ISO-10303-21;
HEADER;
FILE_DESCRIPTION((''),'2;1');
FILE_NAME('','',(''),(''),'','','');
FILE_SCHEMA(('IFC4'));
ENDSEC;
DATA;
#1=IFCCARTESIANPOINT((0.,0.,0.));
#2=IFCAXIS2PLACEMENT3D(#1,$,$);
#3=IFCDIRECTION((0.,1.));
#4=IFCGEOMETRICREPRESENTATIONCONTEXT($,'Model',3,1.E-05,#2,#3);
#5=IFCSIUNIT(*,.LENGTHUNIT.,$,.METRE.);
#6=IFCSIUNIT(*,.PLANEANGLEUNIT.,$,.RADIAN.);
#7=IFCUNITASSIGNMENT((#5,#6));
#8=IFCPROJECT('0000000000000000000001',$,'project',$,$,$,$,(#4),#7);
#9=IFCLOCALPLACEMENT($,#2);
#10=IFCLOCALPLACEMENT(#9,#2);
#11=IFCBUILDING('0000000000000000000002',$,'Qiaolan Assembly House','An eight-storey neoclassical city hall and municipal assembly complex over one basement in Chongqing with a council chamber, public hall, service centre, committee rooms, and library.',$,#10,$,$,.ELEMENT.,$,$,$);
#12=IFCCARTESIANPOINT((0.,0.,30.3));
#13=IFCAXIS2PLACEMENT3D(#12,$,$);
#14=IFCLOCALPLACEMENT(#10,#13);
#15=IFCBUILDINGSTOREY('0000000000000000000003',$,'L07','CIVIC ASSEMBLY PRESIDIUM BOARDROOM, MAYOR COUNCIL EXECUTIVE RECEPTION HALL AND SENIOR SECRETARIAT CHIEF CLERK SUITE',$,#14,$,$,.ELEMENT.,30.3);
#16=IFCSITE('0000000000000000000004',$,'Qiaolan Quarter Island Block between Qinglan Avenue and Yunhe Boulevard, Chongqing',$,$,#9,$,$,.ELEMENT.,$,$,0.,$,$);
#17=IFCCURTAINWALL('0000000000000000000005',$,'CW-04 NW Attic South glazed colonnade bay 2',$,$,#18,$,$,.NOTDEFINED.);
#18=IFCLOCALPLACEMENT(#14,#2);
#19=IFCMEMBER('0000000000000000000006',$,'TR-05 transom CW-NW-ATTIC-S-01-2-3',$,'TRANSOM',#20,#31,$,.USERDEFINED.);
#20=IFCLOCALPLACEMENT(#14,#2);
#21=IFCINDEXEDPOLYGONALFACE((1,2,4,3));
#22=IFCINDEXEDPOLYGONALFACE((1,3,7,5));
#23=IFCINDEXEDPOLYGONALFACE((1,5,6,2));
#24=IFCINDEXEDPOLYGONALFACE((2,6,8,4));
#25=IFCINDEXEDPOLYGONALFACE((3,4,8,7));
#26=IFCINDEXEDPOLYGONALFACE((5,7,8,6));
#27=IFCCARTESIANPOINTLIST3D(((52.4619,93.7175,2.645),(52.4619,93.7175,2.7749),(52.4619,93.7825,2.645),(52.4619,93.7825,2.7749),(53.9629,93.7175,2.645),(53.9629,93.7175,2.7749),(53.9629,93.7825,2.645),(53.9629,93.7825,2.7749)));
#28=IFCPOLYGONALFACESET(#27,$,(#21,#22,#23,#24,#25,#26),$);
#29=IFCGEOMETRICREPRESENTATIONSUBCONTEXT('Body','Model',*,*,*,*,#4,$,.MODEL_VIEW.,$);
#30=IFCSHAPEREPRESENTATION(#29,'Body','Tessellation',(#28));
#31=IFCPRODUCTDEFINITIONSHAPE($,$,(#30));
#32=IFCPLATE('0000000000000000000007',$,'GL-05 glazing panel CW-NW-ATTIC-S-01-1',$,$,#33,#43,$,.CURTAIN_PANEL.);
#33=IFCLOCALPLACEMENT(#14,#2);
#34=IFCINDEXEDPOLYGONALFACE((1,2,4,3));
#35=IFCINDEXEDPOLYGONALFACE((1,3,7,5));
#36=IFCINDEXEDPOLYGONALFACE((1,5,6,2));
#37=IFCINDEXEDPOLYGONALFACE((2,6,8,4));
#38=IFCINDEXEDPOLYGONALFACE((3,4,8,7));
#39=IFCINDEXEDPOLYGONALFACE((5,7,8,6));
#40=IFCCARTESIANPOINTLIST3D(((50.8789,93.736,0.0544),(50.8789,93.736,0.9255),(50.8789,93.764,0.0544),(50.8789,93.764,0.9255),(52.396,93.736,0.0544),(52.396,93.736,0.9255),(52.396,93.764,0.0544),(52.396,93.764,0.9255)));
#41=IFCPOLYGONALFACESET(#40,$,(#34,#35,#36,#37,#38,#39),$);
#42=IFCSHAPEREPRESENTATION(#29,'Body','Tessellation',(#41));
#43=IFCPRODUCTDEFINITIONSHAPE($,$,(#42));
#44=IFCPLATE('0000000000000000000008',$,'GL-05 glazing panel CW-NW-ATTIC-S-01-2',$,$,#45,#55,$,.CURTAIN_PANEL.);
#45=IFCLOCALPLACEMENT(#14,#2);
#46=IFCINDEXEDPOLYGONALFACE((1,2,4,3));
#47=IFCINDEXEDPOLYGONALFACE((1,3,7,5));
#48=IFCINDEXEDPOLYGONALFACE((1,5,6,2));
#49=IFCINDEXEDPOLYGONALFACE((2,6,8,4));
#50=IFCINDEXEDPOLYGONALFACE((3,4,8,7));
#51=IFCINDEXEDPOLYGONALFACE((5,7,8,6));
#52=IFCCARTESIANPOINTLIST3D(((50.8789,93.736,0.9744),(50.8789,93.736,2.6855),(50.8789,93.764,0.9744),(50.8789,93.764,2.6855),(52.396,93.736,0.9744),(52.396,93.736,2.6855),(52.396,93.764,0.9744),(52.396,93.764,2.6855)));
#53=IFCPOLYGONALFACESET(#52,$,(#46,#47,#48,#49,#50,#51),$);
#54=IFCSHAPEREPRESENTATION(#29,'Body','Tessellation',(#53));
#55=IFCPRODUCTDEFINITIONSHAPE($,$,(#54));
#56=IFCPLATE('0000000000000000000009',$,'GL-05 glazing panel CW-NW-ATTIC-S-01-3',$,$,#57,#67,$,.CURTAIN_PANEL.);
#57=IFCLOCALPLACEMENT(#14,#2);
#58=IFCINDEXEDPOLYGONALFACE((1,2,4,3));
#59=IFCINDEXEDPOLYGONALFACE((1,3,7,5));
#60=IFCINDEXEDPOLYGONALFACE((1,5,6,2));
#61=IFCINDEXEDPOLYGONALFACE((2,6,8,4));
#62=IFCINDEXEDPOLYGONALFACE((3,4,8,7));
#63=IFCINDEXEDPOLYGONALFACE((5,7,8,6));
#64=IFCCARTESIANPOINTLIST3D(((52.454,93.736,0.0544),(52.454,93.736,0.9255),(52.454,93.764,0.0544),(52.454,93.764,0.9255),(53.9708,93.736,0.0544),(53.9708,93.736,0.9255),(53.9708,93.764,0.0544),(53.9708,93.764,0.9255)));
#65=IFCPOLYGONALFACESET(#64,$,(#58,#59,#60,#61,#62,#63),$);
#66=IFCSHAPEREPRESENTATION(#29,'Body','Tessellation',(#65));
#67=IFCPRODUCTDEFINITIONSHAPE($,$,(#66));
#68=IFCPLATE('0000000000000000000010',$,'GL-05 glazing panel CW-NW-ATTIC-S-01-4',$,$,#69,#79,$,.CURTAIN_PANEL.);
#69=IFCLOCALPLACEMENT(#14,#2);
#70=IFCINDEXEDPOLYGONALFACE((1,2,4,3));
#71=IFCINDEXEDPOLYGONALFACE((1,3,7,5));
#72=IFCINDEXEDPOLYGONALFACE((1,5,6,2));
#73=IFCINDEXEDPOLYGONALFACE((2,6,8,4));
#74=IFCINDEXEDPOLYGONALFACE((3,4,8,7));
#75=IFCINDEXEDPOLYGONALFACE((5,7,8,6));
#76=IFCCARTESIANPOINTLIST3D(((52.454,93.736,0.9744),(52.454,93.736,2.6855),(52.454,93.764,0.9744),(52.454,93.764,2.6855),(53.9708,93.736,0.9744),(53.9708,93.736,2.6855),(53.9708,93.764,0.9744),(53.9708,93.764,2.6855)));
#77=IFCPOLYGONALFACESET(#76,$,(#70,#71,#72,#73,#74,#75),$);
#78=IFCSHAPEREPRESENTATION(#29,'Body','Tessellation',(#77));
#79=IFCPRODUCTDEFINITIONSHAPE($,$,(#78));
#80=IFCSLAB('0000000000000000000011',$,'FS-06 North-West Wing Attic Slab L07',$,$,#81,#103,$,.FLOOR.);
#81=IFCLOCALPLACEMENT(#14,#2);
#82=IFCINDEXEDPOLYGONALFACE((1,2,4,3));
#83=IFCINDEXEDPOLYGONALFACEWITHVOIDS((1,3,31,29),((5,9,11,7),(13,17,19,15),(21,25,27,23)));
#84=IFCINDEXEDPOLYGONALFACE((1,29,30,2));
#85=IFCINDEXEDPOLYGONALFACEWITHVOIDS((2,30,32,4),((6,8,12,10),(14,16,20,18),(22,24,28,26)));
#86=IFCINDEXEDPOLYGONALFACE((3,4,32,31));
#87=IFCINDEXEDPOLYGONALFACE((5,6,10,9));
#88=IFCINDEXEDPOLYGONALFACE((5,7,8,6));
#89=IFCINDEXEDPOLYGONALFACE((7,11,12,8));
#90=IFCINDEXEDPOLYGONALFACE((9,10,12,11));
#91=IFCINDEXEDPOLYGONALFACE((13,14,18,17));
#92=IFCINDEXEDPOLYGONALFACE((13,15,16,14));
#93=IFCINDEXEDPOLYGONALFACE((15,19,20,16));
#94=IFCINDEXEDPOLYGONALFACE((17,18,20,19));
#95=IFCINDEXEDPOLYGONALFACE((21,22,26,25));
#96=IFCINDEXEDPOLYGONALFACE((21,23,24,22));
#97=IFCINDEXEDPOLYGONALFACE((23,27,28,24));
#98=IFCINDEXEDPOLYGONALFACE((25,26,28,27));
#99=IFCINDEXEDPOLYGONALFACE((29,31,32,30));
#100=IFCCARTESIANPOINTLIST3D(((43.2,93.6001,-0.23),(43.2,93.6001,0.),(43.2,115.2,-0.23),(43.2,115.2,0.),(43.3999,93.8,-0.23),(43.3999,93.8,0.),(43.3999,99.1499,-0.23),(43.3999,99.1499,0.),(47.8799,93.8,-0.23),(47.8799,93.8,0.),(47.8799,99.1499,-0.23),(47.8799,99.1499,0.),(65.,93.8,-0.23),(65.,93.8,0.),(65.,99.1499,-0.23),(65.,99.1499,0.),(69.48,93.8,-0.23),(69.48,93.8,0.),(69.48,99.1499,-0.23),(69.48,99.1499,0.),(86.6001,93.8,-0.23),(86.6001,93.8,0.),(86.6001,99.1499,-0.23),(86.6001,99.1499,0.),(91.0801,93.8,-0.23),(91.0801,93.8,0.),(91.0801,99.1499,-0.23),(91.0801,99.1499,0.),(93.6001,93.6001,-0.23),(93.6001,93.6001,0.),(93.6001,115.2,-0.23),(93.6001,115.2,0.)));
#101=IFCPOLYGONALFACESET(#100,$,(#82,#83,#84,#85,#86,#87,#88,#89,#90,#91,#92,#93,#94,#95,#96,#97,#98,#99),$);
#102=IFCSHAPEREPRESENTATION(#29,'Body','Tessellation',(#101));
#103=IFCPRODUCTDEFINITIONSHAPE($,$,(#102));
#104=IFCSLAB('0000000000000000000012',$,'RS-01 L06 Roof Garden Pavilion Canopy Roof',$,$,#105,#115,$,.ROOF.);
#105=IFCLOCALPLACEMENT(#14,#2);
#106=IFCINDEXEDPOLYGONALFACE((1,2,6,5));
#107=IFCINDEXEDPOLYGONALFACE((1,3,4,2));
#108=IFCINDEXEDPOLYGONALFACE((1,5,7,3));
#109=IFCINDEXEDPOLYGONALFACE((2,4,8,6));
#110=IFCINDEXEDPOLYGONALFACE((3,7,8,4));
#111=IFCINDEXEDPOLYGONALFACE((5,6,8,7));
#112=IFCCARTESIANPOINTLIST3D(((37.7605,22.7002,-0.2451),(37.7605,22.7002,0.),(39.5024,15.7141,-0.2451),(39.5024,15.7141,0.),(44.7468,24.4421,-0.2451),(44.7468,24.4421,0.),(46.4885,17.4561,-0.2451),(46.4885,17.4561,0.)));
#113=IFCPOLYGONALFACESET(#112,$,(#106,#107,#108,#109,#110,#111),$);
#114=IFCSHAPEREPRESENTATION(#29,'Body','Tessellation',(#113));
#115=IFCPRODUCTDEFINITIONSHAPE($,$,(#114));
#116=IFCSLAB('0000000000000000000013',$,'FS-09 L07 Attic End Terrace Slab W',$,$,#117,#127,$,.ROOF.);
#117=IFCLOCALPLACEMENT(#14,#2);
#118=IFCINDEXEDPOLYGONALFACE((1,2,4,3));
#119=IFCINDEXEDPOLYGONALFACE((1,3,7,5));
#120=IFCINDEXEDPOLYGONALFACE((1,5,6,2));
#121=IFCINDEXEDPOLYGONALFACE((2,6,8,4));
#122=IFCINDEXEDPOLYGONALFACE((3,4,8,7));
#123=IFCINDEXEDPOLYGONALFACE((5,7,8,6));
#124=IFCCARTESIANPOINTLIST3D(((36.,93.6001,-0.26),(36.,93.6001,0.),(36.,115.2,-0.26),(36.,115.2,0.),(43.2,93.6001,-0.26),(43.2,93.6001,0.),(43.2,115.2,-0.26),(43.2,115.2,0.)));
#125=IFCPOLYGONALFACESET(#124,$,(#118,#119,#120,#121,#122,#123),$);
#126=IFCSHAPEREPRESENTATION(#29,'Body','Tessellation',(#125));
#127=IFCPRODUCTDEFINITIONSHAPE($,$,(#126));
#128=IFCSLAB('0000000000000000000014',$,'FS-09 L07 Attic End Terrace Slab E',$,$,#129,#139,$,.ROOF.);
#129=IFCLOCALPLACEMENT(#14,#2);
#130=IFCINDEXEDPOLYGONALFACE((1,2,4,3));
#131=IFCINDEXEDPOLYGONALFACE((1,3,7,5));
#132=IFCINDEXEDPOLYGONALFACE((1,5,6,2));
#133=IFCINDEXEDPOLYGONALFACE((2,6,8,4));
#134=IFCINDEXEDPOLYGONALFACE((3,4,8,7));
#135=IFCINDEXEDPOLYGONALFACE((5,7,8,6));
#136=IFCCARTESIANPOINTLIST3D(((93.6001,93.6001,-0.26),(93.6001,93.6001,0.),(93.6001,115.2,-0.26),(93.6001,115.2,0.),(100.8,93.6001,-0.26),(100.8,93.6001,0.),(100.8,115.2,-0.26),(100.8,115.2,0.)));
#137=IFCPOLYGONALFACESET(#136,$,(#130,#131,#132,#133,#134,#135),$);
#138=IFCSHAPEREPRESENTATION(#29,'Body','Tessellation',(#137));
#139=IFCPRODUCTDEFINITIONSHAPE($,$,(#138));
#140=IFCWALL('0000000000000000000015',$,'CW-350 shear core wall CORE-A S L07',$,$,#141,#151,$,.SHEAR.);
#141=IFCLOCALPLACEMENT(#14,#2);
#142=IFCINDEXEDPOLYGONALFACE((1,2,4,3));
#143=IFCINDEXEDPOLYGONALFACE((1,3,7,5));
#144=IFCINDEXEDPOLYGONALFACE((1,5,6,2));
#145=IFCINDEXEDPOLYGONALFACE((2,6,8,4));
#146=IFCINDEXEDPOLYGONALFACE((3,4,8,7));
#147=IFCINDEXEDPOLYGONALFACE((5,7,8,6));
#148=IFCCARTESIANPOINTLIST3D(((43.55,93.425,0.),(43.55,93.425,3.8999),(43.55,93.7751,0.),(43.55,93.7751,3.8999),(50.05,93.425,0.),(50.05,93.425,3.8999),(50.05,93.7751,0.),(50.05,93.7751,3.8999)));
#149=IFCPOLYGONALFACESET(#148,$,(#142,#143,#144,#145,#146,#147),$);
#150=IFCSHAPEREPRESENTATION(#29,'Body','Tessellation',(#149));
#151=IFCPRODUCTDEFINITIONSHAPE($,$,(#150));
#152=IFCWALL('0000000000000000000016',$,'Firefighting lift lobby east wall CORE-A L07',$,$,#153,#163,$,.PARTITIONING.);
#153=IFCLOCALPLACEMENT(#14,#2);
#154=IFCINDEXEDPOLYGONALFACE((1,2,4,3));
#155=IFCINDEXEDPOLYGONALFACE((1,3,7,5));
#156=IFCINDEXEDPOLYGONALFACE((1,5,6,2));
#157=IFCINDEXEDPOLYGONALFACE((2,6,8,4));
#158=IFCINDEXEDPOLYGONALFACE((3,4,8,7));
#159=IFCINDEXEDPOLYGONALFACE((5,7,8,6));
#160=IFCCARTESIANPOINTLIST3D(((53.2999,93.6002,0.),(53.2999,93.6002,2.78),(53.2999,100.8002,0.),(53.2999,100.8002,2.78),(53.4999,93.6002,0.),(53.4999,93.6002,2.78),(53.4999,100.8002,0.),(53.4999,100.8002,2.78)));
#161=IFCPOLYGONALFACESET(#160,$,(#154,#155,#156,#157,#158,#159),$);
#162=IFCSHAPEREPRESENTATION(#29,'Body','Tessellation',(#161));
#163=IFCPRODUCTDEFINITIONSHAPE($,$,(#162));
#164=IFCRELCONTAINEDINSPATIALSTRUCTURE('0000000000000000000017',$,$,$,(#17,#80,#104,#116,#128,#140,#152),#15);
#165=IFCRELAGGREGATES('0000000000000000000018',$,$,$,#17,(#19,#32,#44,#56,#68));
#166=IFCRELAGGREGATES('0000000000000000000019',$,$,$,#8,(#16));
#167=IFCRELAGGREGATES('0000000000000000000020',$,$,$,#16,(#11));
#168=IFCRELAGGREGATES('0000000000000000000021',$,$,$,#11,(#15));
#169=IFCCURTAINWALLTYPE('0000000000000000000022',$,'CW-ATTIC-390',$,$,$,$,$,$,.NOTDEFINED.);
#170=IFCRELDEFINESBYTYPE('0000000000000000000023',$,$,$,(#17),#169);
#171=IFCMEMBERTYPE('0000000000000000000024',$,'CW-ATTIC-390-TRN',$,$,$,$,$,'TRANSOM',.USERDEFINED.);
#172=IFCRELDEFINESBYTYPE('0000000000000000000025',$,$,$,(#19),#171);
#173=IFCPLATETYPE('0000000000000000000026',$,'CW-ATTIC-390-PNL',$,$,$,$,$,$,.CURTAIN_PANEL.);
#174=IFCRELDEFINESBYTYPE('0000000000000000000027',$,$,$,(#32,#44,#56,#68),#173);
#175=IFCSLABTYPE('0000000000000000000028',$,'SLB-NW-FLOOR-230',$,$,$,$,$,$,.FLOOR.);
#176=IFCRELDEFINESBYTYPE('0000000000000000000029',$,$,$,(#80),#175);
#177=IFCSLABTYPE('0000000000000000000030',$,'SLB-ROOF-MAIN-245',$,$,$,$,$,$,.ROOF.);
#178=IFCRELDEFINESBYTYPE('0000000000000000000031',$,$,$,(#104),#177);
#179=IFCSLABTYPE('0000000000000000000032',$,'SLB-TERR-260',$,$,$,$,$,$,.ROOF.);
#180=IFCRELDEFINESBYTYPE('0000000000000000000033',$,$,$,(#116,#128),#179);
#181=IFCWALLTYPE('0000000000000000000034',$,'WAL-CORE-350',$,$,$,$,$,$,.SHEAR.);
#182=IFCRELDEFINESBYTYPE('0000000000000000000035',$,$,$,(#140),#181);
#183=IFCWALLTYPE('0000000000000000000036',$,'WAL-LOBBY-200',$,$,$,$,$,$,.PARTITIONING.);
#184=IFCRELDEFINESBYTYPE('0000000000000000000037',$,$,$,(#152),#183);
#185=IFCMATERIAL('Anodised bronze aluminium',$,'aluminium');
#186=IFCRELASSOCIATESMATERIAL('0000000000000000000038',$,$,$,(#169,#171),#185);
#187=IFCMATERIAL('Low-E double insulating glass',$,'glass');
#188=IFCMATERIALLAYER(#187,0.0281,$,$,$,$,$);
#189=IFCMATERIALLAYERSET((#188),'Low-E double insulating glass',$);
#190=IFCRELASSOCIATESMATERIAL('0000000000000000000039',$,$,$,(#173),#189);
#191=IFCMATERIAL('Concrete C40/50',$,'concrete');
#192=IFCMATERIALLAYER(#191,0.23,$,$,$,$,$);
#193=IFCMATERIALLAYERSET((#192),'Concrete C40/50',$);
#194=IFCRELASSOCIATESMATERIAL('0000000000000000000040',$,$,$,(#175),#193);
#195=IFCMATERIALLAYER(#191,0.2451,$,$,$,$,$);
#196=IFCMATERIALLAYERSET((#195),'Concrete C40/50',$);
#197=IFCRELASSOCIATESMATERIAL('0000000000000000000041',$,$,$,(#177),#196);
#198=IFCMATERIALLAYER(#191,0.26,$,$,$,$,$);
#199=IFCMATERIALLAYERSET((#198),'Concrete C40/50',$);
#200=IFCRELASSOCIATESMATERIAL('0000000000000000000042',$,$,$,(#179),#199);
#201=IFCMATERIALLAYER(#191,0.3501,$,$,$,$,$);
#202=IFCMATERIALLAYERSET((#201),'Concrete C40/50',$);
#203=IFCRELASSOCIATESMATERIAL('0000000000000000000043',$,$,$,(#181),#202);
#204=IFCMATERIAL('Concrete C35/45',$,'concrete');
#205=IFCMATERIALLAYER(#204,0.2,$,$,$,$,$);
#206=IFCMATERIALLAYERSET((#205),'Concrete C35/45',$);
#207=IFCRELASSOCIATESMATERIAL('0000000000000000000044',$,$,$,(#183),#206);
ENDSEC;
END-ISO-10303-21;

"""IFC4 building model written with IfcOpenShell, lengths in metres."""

from ifc_helpers import new_model, si_unit, direction, frame, frame_2d, origin, origin_2d, place, context, subcontext, project, spatial, polyline, rectangle, outline, extrude, material, layer, layer_set, material_profile, profile_set, type_object, element, aggregate, save


model = new_model("IFC4")

# Units and contexts
model_context = context("Model", 3, precision=1e-05, world=origin(), true_north=direction((0.0, 1.0)))
body_context = subcontext(model_context, "Body", "Model", "MODEL_VIEW")
ifc_project = project(units=[si_unit("LENGTHUNIT", "METRE"), si_unit("PLANEANGLEUNIT", "RADIAN")], contexts=[model_context])

# Site, building, storey
site_placement = place(None, origin())
site = spatial("IfcSite", under=ifc_project, at=site_placement, Name="Qiaolan Quarter Island Block between Qinglan Avenue and Yunhe Boulevard, Chongqing", CompositionType="ELEMENT", RefElevation=0.0)
building_placement = place(site_placement, origin())
building = spatial("IfcBuilding", under=site, at=building_placement, Name="Qiaolan Assembly House", Description="An eight-storey neoclassical city hall and municipal assembly complex over one basement in Chongqing with a council chamber, public hall, service centre, committee rooms, and library.", CompositionType="ELEMENT")
storey_placement = place(building_placement, frame((0.0, 0.0, 30.3)))
storey = spatial("IfcBuildingStorey", under=building, at=storey_placement, Name="L07", Description="CIVIC ASSEMBLY PRESIDIUM BOARDROOM, MAYOR COUNCIL EXECUTIVE RECEPTION HALL AND SENIOR SECRETARIAT CHIEF CLERK SUITE", CompositionType="ELEMENT", Elevation=30.3)

# Shared definitions
ifc_material_1 = material(Name="Concrete C40/50", Category="concrete")

# Curtain wall, member, plates
ifc_material_2 = material(Name="Anodised bronze aluminium", Category="aluminium")
curtain_wall_type = type_object("IfcCurtainWallType", Name="CW-ATTIC-390", PredefinedType="NOTDEFINED", material=ifc_material_2)
curtain_wall_placement = place(storey_placement, origin())
curtain_wall = element("IfcCurtainWall", 1, at=curtain_wall_placement, inside=storey, type_object=curtain_wall_type, Name="CW-04 NW Attic South glazed colonnade bay 2", PredefinedType="NOTDEFINED")
ifc_material_profile_1 = material_profile(ifc_material_2, rectangle(XDim=0.0649, YDim=0.1299, at=origin_2d()), Name="TRN 65x130")
ifc_profile_set_1 = profile_set([ifc_material_profile_1], Name="Anodised bronze aluminium")
member_type_1 = type_object("IfcMemberType", Name="CW-ATTIC-390-TRN", ElementType="TRANSOM", PredefinedType="USERDEFINED", material=ifc_profile_set_1)
member_1_placement = place(storey_placement, frame((52.4619, 93.75, 2.71), z_axis=(1.0, 0.0, 0.0), x_axis=(0.0, 1.0, 0.0)))
member_1 = element("IfcMember", 2, at=member_1_placement, type_object=member_type_1, Name="TR-05 transom CW-NW-ATTIC-S-01-2-3", ObjectType="TRANSOM", PredefinedType="USERDEFINED", context=body_context, shape_type="SweptSolid", body=[
    extrude(rectangle(XDim=0.0649, YDim=0.1299, at=origin_2d()), origin(), (0.0, 0.0, 1.0), 1.501),
])
ifc_material_3 = material(Name="Low-E double insulating glass", Category="glass")
ifc_layer_1 = layer(ifc_material_3, 0.0281)
ifc_layer_set_1 = layer_set([ifc_layer_1], Name="Low-E double insulating glass")
plate_type = type_object("IfcPlateType", Name="CW-ATTIC-390-PNL", PredefinedType="CURTAIN_PANEL", material=ifc_layer_set_1)
plate_1_placement = place(storey_placement, frame((50.8789, 93.75, 0.0544), z_axis=(0.0, 0.0, 1.0), x_axis=(1.0, 0.0, 0.0)))
plate_1 = element("IfcPlate", 3, at=plate_1_placement, type_object=plate_type, Name="GL-05 glazing panel CW-NW-ATTIC-S-01-1", PredefinedType="CURTAIN_PANEL", context=body_context, shape_type="SweptSolid", body=[
    extrude(rectangle(XDim=1.5171, YDim=0.0281, at=frame_2d((0.7585, 0.0))), origin(), (0.0, 0.0, 1.0), 0.8711),
])
plate_2_placement = place(storey_placement, frame((50.8789, 93.75, 0.9744), z_axis=(0.0, 0.0, 1.0), x_axis=(1.0, 0.0, 0.0)))
plate_2 = element("IfcPlate", 4, at=plate_2_placement, type_object=plate_type, Name="GL-05 glazing panel CW-NW-ATTIC-S-01-2", PredefinedType="CURTAIN_PANEL", context=body_context, shape_type="SweptSolid", body=[
    extrude(rectangle(XDim=1.5171, YDim=0.0281, at=frame_2d((0.7585, 0.0))), origin(), (0.0, 0.0, 1.0), 1.7112),
])
plate_3_placement = place(storey_placement, frame((52.4541, 93.75, 0.0544), z_axis=(0.0, 0.0, 1.0), x_axis=(1.0, 0.0, 0.0)))
plate_3 = element("IfcPlate", 5, at=plate_3_placement, type_object=plate_type, Name="GL-05 glazing panel CW-NW-ATTIC-S-01-3", PredefinedType="CURTAIN_PANEL", context=body_context, shape_type="SweptSolid", body=[
    extrude(rectangle(XDim=1.5168, YDim=0.0281, at=frame_2d((0.7583, 0.0))), origin(), (0.0, 0.0, 1.0), 0.8711),
])
plate_4_placement = place(storey_placement, frame((52.4541, 93.75, 0.9744), z_axis=(0.0, 0.0, 1.0), x_axis=(1.0, 0.0, 0.0)))
plate_4 = element("IfcPlate", 6, at=plate_4_placement, type_object=plate_type, Name="GL-05 glazing panel CW-NW-ATTIC-S-01-4", PredefinedType="CURTAIN_PANEL", context=body_context, shape_type="SweptSolid", body=[
    extrude(rectangle(XDim=1.5168, YDim=0.0281, at=frame_2d((0.7583, 0.0))), origin(), (0.0, 0.0, 1.0), 1.7112),
])
aggregate(curtain_wall, [member_1, plate_1, plate_2, plate_3, plate_4])

# Slabs
ifc_layer_2 = layer(ifc_material_1, 0.23)
ifc_layer_set_2 = layer_set([ifc_layer_2], Name="Concrete C40/50")
slab_type_1 = type_object("IfcSlabType", Name="SLB-NW-FLOOR-230", PredefinedType="FLOOR", material=ifc_layer_set_2)
slab_1_placement = place(storey_placement, frame((0.0, 0.0, -0.23)))
element("IfcSlab", 7, at=slab_1_placement, inside=storey, type_object=slab_type_1, Name="FS-06 North-West Wing Attic Slab L07", PredefinedType="FLOOR", context=body_context, shape_type="SweptSolid", body=[
    extrude(outline(polyline([(43.2, 93.6001), (93.6001, 93.6001), (93.6001, 115.2), (43.2, 115.2), (43.2, 93.6001)]), holes=[polyline([(43.3999, 93.8), (43.3999, 99.1499), (47.8799, 99.1499), (47.8799, 93.8), (43.3999, 93.8)]), polyline([(65.0, 93.8), (65.0, 99.1499), (69.48, 99.1499), (69.48, 93.8), (65.0, 93.8)]), polyline([(86.6001, 93.8), (86.6001, 99.1499), (91.0801, 99.1499), (91.0801, 93.8), (86.6001, 93.8)])]), origin(), (0.0, 0.0, 1.0), 0.23),
])
ifc_layer_3 = layer(ifc_material_1, 0.2451)
ifc_layer_set_3 = layer_set([ifc_layer_3], Name="Concrete C40/50")
slab_type_2 = type_object("IfcSlabType", Name="SLB-ROOF-MAIN-245", PredefinedType="ROOF", material=ifc_layer_set_3)
slab_2_placement = place(storey_placement, frame((0.0, 0.0, -0.2451)))
element("IfcSlab", 8, at=slab_2_placement, inside=storey, type_object=slab_type_2, Name="RS-01 L06 Roof Garden Pavilion Canopy Roof", PredefinedType="ROOF", context=body_context, shape_type="SweptSolid", body=[
    extrude(outline(polyline([(39.5024, 15.7141), (46.4885, 17.4561), (44.7468, 24.4421), (37.7605, 22.7002), (39.5024, 15.7141)])), origin(), (0.0, 0.0, 1.0), 0.2451),
])
ifc_layer_4 = layer(ifc_material_1, 0.26)
ifc_layer_set_4 = layer_set([ifc_layer_4], Name="Concrete C40/50")
slab_type_3 = type_object("IfcSlabType", Name="SLB-TERR-260", PredefinedType="ROOF", material=ifc_layer_set_4)
slab_3_placement = place(storey_placement, frame((0.0, 0.0, -0.26)))
element("IfcSlab", 9, at=slab_3_placement, inside=storey, type_object=slab_type_3, Name="FS-09 L07 Attic End Terrace Slab W", PredefinedType="ROOF", context=body_context, shape_type="SweptSolid", body=[
    extrude(outline(polyline([(36.0, 93.6001), (43.2, 93.6001), (43.2, 115.2), (36.0, 115.2), (36.0, 93.6001)])), origin(), (0.0, 0.0, 1.0), 0.26),
])
slab_4_placement = place(storey_placement, frame((0.0, 0.0, -0.26)))
element("IfcSlab", 10, at=slab_4_placement, inside=storey, type_object=slab_type_3, Name="FS-09 L07 Attic End Terrace Slab E", PredefinedType="ROOF", context=body_context, shape_type="SweptSolid", body=[
    extrude(outline(polyline([(93.6001, 93.6001), (100.8, 93.6001), (100.8, 115.2), (93.6001, 115.2), (93.6001, 93.6001)])), origin(), (0.0, 0.0, 1.0), 0.26),
])

# Walls
ifc_layer_5 = layer(ifc_material_1, 0.3501)
ifc_layer_set_5 = layer_set([ifc_layer_5], Name="Concrete C40/50")
wall_type_1 = type_object("IfcWallType", Name="WAL-CORE-350", PredefinedType="SHEAR", material=ifc_layer_set_5)
wall_1_placement = place(storey_placement, frame((43.55, 93.6001, 0.0), z_axis=(0.0, 0.0, 1.0), x_axis=(1.0, 0.0, 0.0)))
element("IfcWall", 11, at=wall_1_placement, inside=storey, type_object=wall_type_1, Name="CW-350 shear core wall CORE-A S L07", PredefinedType="SHEAR", context=body_context, shape_type="SweptSolid", body=[
    extrude(rectangle(XDim=6.5, YDim=0.3501, at=frame_2d((3.25, 0.0))), origin(), (0.0, 0.0, 1.0), 3.8999),
])
ifc_material_4 = material(Name="Concrete C35/45", Category="concrete")
ifc_layer_6 = layer(ifc_material_4, 0.2)
ifc_layer_set_6 = layer_set([ifc_layer_6], Name="Concrete C35/45")
wall_type_2 = type_object("IfcWallType", Name="WAL-LOBBY-200", PredefinedType="PARTITIONING", material=ifc_layer_set_6)
wall_2_placement = place(storey_placement, frame((53.3999, 93.6001, 0.0), z_axis=(0.0, 0.0, 1.0), x_axis=(0.0, 1.0, 0.0)))
element("IfcWall", 12, at=wall_2_placement, inside=storey, type_object=wall_type_2, Name="Firefighting lift lobby east wall CORE-A L07", PredefinedType="PARTITIONING", context=body_context, shape_type="SweptSolid", body=[
    extrude(rectangle(XDim=7.2, YDim=0.2, at=frame_2d((3.6001, 0.0))), origin(), (0.0, 0.0, 1.0), 2.78),
])

save(model, "model.ifc")
